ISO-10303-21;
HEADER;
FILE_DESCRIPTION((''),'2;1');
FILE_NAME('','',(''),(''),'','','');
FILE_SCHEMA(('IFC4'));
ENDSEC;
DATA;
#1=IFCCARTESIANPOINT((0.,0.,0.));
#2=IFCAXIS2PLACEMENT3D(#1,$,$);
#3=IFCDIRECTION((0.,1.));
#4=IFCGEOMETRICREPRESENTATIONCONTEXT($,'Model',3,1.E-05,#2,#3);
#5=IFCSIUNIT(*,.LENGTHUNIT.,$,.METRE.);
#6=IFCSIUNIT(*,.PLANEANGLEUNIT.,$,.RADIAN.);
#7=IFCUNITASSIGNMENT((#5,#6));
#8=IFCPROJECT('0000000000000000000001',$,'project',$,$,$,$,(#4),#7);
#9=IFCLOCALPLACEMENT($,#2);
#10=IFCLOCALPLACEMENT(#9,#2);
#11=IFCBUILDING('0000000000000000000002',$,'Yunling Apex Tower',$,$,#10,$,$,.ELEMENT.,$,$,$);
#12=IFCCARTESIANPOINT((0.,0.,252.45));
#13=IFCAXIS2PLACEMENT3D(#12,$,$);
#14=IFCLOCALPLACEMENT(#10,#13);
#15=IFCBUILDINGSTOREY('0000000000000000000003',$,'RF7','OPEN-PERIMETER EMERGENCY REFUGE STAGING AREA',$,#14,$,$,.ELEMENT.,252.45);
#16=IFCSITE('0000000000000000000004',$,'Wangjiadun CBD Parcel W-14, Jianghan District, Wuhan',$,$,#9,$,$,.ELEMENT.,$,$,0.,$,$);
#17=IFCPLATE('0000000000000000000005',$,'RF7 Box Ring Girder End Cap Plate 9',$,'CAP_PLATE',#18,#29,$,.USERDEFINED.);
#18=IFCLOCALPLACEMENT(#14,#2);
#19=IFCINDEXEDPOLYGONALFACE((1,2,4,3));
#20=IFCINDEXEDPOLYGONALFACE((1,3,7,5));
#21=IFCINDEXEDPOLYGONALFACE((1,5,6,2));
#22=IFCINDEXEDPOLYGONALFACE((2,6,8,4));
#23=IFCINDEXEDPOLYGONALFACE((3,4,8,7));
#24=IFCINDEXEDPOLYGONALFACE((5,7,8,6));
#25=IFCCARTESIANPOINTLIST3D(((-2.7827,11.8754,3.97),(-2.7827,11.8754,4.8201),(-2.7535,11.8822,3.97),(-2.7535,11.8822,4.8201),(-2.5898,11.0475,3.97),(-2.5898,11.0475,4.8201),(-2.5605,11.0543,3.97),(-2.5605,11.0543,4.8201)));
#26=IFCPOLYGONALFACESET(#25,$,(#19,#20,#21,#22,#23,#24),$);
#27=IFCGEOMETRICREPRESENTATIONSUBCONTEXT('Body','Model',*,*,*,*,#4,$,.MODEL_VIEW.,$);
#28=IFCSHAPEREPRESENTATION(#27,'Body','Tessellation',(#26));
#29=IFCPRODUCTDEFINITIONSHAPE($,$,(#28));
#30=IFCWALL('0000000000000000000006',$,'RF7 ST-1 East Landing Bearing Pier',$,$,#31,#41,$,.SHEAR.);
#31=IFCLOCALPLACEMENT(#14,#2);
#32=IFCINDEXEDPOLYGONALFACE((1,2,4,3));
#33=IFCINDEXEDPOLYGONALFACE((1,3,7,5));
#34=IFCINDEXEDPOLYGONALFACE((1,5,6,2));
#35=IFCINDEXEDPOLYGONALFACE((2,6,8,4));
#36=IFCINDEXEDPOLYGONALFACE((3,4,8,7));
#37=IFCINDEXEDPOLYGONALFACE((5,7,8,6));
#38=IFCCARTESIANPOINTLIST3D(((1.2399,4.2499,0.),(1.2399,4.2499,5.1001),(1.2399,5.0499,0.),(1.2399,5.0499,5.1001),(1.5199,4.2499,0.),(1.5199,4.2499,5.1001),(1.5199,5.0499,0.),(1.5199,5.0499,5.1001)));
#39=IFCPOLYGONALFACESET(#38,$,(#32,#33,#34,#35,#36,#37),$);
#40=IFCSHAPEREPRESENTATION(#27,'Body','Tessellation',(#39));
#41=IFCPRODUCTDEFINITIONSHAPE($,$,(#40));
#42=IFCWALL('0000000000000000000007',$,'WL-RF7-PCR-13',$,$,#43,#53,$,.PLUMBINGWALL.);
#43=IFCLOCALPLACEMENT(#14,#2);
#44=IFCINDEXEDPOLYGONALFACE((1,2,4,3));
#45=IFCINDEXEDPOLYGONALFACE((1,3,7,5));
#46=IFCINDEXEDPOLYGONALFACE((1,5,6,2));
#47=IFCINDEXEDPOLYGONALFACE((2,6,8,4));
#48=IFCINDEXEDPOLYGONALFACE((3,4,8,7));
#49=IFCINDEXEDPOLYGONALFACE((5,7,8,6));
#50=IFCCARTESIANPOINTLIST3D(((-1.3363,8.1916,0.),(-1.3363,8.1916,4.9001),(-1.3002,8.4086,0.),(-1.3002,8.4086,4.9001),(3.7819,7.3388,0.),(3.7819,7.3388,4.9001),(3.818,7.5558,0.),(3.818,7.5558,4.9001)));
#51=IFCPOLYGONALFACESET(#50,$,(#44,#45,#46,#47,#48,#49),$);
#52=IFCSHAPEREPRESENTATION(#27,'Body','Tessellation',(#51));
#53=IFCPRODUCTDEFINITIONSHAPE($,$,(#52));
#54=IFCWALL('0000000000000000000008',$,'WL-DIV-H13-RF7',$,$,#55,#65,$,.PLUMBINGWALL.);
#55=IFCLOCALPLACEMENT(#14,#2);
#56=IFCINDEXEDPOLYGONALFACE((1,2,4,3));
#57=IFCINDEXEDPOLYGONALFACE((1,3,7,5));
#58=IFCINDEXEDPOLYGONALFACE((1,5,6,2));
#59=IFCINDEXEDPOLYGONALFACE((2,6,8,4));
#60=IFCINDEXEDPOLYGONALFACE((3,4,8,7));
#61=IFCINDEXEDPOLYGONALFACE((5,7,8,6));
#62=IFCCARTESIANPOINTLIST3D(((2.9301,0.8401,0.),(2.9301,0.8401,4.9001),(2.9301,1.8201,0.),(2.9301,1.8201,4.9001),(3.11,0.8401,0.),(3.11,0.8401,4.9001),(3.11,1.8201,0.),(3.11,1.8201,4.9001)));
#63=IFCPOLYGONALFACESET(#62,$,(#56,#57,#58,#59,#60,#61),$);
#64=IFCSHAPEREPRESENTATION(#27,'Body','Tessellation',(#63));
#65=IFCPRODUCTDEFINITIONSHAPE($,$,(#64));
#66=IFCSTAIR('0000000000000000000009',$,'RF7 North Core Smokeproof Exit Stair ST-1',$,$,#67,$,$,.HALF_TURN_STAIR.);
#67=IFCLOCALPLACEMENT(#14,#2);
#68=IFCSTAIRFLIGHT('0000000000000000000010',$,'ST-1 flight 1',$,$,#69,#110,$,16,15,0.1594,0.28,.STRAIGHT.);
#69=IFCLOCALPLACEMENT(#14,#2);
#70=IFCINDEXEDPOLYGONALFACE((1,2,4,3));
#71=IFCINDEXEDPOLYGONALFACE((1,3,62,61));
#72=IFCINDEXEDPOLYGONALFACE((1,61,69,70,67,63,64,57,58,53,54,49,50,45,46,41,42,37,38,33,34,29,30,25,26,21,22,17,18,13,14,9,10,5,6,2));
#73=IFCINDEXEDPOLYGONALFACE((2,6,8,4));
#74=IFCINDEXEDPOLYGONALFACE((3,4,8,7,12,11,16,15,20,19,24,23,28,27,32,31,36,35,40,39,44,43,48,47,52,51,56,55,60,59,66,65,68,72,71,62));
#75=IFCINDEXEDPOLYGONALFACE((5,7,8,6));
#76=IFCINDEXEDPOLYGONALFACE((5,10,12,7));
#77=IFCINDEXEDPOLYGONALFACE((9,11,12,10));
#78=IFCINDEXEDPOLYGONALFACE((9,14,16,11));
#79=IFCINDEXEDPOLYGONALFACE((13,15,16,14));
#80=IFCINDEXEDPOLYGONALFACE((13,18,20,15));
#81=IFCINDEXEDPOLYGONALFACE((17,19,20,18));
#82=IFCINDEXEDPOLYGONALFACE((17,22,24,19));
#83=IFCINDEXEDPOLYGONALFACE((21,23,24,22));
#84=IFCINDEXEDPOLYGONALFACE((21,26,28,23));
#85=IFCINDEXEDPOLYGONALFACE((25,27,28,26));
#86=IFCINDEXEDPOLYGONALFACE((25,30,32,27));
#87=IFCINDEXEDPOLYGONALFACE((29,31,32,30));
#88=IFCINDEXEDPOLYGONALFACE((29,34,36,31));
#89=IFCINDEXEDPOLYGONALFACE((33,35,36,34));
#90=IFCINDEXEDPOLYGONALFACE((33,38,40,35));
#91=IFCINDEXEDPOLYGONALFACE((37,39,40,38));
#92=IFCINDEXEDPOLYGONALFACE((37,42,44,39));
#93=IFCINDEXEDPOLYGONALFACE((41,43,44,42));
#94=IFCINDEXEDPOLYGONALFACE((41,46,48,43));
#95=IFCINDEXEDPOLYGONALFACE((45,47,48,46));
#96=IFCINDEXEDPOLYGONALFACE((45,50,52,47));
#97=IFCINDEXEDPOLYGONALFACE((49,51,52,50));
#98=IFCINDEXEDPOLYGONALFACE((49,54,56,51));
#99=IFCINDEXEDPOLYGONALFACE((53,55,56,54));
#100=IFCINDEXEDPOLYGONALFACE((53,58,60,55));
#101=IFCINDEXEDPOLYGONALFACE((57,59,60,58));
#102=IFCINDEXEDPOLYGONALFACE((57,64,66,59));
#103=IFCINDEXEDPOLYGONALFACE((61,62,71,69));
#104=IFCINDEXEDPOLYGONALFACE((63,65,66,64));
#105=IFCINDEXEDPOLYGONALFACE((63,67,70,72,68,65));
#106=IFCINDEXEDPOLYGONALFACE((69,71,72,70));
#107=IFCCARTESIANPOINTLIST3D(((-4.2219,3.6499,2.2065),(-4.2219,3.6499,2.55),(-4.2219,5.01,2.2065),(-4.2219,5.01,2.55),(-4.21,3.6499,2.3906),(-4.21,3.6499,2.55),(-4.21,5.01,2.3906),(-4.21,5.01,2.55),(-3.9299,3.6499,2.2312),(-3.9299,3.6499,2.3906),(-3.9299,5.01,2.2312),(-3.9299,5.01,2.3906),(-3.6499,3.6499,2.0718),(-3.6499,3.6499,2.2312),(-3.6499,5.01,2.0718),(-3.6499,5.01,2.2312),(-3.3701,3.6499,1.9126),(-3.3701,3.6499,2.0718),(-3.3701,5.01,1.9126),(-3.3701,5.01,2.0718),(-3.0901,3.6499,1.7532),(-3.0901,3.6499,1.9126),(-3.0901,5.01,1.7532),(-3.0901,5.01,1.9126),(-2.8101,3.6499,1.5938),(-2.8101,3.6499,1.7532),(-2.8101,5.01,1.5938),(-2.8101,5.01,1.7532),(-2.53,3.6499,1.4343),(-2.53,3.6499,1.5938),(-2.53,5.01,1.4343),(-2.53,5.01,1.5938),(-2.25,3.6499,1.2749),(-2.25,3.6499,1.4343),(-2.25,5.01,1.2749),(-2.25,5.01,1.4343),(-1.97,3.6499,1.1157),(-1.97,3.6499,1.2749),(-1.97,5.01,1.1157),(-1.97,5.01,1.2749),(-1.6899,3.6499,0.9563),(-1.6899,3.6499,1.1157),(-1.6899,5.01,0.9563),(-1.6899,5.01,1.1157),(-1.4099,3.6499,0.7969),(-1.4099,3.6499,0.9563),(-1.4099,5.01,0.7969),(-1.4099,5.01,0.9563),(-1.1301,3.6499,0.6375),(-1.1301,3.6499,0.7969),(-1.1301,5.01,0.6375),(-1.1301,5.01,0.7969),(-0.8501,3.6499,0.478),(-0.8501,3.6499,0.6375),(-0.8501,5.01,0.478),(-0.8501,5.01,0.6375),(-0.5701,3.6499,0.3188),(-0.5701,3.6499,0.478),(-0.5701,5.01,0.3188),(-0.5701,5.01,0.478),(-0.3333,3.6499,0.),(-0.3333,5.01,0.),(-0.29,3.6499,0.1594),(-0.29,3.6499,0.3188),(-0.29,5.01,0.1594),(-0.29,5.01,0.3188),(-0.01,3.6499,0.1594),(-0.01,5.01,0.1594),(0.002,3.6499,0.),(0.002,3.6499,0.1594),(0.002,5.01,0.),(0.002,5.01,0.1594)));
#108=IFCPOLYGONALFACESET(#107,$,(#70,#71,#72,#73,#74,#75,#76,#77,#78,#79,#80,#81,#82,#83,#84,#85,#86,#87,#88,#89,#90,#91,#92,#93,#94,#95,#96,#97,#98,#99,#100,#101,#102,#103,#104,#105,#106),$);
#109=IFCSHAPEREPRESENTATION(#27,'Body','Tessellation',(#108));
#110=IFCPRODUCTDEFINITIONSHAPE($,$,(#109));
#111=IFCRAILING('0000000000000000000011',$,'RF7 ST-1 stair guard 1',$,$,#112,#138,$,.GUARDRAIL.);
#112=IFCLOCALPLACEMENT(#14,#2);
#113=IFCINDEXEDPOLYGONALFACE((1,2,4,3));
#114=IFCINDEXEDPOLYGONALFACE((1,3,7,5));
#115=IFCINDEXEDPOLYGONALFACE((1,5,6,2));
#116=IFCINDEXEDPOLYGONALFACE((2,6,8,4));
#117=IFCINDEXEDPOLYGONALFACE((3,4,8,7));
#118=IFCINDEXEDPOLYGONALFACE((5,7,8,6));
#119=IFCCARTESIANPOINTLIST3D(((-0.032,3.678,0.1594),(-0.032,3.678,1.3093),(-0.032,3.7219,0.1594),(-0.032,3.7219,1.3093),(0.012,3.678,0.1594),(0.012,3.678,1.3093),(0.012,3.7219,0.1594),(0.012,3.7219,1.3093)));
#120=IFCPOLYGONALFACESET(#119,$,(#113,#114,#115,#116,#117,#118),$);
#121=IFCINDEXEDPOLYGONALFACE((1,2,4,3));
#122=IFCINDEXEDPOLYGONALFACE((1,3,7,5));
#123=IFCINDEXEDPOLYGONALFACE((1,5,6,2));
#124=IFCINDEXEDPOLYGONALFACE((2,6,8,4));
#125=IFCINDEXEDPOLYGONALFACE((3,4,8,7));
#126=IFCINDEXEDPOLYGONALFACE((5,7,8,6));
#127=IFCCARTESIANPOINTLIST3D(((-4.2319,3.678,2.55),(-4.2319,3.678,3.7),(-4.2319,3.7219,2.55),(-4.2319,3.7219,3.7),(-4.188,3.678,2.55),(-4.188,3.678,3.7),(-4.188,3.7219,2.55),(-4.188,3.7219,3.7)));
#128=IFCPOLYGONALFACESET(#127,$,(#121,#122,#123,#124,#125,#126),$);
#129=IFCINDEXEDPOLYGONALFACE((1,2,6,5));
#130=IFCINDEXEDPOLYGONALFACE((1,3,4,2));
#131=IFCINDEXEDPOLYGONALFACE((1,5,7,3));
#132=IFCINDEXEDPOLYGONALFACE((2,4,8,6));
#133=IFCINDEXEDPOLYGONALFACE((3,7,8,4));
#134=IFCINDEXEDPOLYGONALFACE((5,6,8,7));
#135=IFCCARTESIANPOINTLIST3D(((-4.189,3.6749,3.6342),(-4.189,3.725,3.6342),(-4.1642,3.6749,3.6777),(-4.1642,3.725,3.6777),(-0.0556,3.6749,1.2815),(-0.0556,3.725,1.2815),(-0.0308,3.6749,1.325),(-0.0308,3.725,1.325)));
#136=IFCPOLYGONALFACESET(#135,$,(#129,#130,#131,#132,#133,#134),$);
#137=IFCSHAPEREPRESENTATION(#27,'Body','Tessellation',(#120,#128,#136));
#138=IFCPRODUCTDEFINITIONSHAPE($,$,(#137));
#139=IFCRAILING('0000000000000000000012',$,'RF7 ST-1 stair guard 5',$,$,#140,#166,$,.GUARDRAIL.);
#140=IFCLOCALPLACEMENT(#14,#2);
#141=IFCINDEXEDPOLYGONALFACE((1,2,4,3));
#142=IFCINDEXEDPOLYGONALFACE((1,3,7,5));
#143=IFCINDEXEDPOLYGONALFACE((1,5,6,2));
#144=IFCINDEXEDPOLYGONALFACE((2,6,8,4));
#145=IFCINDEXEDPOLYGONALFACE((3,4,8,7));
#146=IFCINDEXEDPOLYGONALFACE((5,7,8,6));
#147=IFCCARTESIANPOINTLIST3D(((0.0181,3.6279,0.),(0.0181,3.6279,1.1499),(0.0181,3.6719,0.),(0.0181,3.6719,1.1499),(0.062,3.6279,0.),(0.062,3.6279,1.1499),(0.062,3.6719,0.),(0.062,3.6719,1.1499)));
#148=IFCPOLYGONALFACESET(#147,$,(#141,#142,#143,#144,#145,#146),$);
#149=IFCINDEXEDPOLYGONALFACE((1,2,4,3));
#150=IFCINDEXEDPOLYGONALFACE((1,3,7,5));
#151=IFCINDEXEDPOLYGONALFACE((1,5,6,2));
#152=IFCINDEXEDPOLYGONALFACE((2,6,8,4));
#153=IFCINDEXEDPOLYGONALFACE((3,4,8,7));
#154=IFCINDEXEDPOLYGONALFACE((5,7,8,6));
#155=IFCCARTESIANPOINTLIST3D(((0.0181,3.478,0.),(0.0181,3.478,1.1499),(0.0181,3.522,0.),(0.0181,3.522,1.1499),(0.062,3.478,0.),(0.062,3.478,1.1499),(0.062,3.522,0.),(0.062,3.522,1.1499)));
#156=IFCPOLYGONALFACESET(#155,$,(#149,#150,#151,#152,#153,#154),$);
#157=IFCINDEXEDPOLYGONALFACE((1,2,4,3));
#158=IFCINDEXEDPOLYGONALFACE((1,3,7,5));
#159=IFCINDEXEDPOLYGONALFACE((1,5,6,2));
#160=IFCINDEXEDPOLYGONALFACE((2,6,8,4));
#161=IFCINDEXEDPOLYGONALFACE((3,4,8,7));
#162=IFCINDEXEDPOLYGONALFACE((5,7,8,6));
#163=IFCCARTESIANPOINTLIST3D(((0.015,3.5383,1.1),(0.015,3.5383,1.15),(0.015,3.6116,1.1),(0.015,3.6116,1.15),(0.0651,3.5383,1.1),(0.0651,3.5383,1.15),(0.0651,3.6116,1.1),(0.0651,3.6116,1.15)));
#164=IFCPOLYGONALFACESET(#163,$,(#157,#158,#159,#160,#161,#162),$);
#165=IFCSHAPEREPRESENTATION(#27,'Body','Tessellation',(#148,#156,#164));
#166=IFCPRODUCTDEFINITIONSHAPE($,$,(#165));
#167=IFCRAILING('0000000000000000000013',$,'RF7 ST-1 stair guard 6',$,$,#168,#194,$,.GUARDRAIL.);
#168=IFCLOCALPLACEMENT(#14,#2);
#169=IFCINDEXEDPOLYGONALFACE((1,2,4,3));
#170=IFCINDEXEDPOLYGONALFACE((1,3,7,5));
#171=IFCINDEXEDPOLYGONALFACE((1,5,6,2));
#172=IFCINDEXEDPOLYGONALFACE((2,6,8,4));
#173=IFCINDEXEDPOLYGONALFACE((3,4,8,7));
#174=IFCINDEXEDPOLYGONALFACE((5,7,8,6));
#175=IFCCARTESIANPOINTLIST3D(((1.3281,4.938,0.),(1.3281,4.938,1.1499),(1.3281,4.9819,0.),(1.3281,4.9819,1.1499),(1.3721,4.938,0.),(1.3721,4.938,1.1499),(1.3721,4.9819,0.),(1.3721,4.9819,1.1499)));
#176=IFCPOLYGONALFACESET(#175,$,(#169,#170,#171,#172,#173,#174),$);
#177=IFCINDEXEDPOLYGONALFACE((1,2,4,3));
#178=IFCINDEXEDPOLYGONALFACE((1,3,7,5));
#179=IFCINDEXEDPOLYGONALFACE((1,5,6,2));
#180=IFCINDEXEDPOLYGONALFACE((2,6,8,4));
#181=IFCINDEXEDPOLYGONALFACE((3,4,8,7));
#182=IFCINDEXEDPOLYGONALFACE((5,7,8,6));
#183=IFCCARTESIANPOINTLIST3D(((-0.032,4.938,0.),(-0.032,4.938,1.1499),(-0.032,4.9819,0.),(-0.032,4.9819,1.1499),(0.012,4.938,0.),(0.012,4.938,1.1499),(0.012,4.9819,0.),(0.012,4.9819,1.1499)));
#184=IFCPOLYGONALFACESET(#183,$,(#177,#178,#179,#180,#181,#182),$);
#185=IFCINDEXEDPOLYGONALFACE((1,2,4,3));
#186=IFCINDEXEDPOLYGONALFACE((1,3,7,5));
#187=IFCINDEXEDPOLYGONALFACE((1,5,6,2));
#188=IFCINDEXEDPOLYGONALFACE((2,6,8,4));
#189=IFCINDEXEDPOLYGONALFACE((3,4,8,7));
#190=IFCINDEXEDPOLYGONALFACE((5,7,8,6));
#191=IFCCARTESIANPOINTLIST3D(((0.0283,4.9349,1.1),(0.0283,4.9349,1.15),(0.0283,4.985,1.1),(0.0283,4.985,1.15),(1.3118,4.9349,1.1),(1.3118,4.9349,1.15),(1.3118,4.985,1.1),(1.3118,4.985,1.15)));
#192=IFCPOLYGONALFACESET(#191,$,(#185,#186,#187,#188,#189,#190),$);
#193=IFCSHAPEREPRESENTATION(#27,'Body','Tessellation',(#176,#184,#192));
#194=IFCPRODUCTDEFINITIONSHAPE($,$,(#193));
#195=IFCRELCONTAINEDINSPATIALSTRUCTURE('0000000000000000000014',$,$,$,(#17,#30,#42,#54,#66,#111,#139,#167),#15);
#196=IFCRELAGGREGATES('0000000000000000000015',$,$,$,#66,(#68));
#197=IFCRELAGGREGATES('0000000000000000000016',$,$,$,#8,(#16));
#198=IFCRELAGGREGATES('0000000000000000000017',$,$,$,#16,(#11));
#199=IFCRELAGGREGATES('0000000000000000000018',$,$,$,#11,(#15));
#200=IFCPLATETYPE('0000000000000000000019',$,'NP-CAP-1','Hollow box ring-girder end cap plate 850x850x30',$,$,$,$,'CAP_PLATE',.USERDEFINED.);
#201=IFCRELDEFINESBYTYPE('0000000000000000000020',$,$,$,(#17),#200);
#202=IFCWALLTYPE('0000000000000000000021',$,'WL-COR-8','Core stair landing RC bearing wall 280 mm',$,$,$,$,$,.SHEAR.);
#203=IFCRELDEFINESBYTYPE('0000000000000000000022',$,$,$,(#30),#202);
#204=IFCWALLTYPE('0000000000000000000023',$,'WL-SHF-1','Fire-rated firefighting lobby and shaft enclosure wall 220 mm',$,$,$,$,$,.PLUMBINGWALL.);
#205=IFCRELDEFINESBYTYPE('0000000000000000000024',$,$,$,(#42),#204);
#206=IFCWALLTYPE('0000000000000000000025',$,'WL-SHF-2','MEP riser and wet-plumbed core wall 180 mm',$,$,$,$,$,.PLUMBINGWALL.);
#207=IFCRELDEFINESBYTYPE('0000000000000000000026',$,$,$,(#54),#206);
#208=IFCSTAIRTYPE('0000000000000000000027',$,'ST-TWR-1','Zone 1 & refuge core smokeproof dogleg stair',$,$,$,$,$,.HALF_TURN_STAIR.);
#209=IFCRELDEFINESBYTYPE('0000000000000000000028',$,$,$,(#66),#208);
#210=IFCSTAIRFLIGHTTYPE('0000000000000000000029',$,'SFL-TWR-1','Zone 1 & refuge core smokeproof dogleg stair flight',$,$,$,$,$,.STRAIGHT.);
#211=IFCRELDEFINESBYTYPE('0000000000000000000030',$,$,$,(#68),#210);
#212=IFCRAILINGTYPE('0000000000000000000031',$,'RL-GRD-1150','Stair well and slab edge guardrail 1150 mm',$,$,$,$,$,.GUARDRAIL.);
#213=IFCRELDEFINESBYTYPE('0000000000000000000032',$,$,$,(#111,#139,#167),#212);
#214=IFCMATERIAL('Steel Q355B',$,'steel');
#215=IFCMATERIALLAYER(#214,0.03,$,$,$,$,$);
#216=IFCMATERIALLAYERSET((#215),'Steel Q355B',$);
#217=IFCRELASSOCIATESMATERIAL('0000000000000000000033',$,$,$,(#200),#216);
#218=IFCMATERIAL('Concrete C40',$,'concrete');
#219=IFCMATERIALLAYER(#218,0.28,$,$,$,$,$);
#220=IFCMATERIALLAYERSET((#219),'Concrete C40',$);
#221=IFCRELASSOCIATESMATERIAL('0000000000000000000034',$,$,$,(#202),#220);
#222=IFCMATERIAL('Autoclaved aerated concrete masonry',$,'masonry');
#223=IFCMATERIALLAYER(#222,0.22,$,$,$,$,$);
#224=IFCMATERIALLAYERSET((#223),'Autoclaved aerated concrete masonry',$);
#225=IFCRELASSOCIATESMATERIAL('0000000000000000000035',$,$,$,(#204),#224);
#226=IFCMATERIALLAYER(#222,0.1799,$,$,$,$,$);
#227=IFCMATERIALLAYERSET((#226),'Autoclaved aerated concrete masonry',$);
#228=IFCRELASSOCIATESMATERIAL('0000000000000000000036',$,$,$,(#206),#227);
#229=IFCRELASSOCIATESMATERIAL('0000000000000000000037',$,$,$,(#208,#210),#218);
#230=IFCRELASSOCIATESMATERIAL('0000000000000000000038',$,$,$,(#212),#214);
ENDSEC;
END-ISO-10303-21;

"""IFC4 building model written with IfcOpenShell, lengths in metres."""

from ifc_helpers import new_model, si_unit, direction, frame, frame_2d, origin, origin_2d, place, context, subcontext, project, spatial, polyline, rectangle, outline, extrude, source, transform, mapped, material, layer, layer_set, type_object, element, aggregate, save


model = new_model("IFC4")

# Units and contexts
model_context = context("Model", 3, precision=1e-05, world=origin(), true_north=direction((0.0, 1.0)))
body_context = subcontext(model_context, "Body", "Model", "MODEL_VIEW")
ifc_project = project(units=[si_unit("LENGTHUNIT", "METRE"), si_unit("PLANEANGLEUNIT", "RADIAN")], contexts=[model_context])

# Site, building, storey
site_placement = place(None, origin())
site = spatial("IfcSite", under=ifc_project, at=site_placement, Name="Wangjiadun CBD Parcel W-14, Jianghan District, Wuhan", CompositionType="ELEMENT", RefElevation=0.0)
building_placement = place(site_placement, origin())
building = spatial("IfcBuilding", under=site, at=building_placement, Name="Yunling Apex Tower", CompositionType="ELEMENT")
storey_placement = place(building_placement, frame((0.0, 0.0, 252.45)))
storey = spatial("IfcBuildingStorey", under=building, at=storey_placement, Name="RF7", Description="OPEN-PERIMETER EMERGENCY REFUGE STAGING AREA", CompositionType="ELEMENT", Elevation=252.45)

# Shared definitions
ifc_material_1 = material(Name="Steel Q355B", Category="steel")

# Plate
ifc_layer_1 = layer(ifc_material_1, 0.03)
ifc_layer_set_1 = layer_set([ifc_layer_1], Name="Steel Q355B")
plate_type_1 = type_object("IfcPlateType", Name="NP-CAP-1", Description="Hollow box ring-girder end cap plate 850x850x30", ElementType="CAP_PLATE", PredefinedType="USERDEFINED", material=ifc_layer_set_1)
shared_shape_1 = source(origin(), body_context, "Body", "SweptSolid", [
    extrude(rectangle(XDim=0.8501, YDim=0.03, at=origin_2d()), origin(), (0.0, 0.0, 1.0), 0.8501),
])
plate_1_placement = place(storey_placement, frame((-2.6716, 11.4648, 3.97), z_axis=(0.0, 0.0, 1.0), x_axis=(-0.226991, 0.973897, 0.0)))
element("IfcPlate", 1, at=plate_1_placement, inside=storey, type_object=plate_type_1, Name="RF7 Box Ring Girder End Cap Plate 9", ObjectType="CAP_PLATE", PredefinedType="USERDEFINED", context=body_context, shape_type="MappedRepresentation", body=[
    mapped(shared_shape_1, transform((0.0, 0.0, 0.0), scale=1.0)),
])

# Wall
ifc_material_2 = material(Name="Concrete C40", Category="concrete")
ifc_layer_2 = layer(ifc_material_2, 0.28)
ifc_layer_set_2 = layer_set([ifc_layer_2], Name="Concrete C40")
wall_type_1 = type_object("IfcWallType", Name="WL-COR-8", Description="Core stair landing RC bearing wall 280 mm", PredefinedType="SHEAR", material=ifc_layer_set_2)
wall_1_placement = place(storey_placement, frame((1.3799, 4.25, 0.0), z_axis=(0.0, 0.0, 1.0), x_axis=(0.0, 1.0, 0.0)))
element("IfcWall", 2, at=wall_1_placement, inside=storey, type_object=wall_type_1, Name="RF7 ST-1 East Landing Bearing Pier", PredefinedType="SHEAR", context=body_context, shape_type="SweptSolid", body=[
    extrude(rectangle(XDim=0.8, YDim=0.28, at=frame_2d((0.3999, 0.0))), origin(), (0.0, 0.0, 1.0), 5.1001),
])

# Shared definitions
ifc_material_3 = material(Name="Autoclaved aerated concrete masonry", Category="masonry")
ifc_layer_3 = layer(ifc_material_3, 0.22)
ifc_layer_set_3 = layer_set([ifc_layer_3], Name="Autoclaved aerated concrete masonry")
wall_type_2 = type_object("IfcWallType", Name="WL-SHF-1", Description="Fire-rated firefighting lobby and shaft enclosure wall 220 mm", PredefinedType="PLUMBINGWALL", material=ifc_layer_set_3)

# Walls
wall_2_placement = place(storey_placement, frame((-1.3181, 8.3, 0.0), z_axis=(0.0, 0.0, 1.0), x_axis=(0.986402, -0.164353, 0.0)))
element("IfcWall", 3, at=wall_2_placement, inside=storey, type_object=wall_type_2, Name="WL-RF7-PCR-13", PredefinedType="PLUMBINGWALL", context=body_context, shape_type="SweptSolid", body=[
    extrude(rectangle(XDim=5.1887, YDim=0.22, at=frame_2d((2.5942, 0.0))), origin(), (0.0, 0.0, 1.0), 4.9001),
])
ifc_layer_4 = layer(ifc_material_3, 0.1799)
ifc_layer_set_4 = layer_set([ifc_layer_4], Name="Autoclaved aerated concrete masonry")
wall_type_3 = type_object("IfcWallType", Name="WL-SHF-2", Description="MEP riser and wet-plumbed core wall 180 mm", PredefinedType="PLUMBINGWALL", material=ifc_layer_set_4)
wall_3_placement = place(storey_placement, frame((3.02, 0.8401, 0.0), z_axis=(0.0, 0.0, 1.0), x_axis=(0.0, 1.0, 0.0)))
element("IfcWall", 4, at=wall_3_placement, inside=storey, type_object=wall_type_3, Name="WL-DIV-H13-RF7", PredefinedType="PLUMBINGWALL", context=body_context, shape_type="SweptSolid", body=[
    extrude(rectangle(XDim=0.98, YDim=0.1799, at=frame_2d((0.49, 0.0))), origin(), (0.0, 0.0, 1.0), 4.9001),
])

# Stair, stair flight
stair_type = type_object("IfcStairType", Name="ST-TWR-1", Description="Zone 1 & refuge core smokeproof dogleg stair", PredefinedType="HALF_TURN_STAIR", material=ifc_material_2)
stair_placement = place(storey_placement, origin())
stair = element("IfcStair", 5, at=stair_placement, inside=storey, type_object=stair_type, Name="RF7 North Core Smokeproof Exit Stair ST-1", PredefinedType="HALF_TURN_STAIR")
stair_flight_type = type_object("IfcStairFlightType", Name="SFL-TWR-1", Description="Zone 1 & refuge core smokeproof dogleg stair flight", PredefinedType="STRAIGHT", material=ifc_material_2)
stair_flight_placement = place(storey_placement, frame((-0.01, 4.3301, 0.0), z_axis=(0.0, 0.0, 1.0), x_axis=(-1.0, 0.0, 0.0)))
stair_flight = element("IfcStairFlight", 6, at=stair_flight_placement, type_object=stair_flight_type, Name="ST-1 flight 1", NumberOfRisers=16, NumberOfTreads=15, PredefinedType="STRAIGHT", RiserHeight=0.1594, TreadLength=0.28, context=body_context, shape_type="SweptSolid", body=[
    extrude(outline(polyline([(-0.012, 0.0), (-0.012, 0.1594), (0.0, 0.1594), (0.28, 0.1594), (0.28, 0.3188), (0.5601, 0.3188), (0.5601, 0.478), (0.8401, 0.478), (0.8401, 0.6375), (1.1201, 0.6375), (1.1201, 0.7969), (1.3999, 0.7969), (1.3999, 0.9563), (1.6799, 0.9563), (1.6799, 1.1157), (1.96, 1.1157), (1.96, 1.2749), (2.24, 1.2749), (2.24, 1.4343), (2.52, 1.4343), (2.52, 1.5938), (2.8, 1.5938), (2.8, 1.7532), (3.0801, 1.7532), (3.0801, 1.9126), (3.3601, 1.9126), (3.3601, 2.0718), (3.6399, 2.0718), (3.6399, 2.2312), (3.9199, 2.2312), (3.9199, 2.3906), (4.2, 2.3906), (4.2, 2.55), (4.2119, 2.55), (4.2119, 2.2065), (0.3232, 0.0), (-0.012, 0.0)])), frame((0.0, 0.6802, 0.0), z_axis=(0.0, -1.0, 0.0), x_axis=(1.0, 0.0, 0.0)), (0.0, 0.0, 1.0), 1.3601),
])
aggregate(stair, [stair_flight])

# Railings
railing_type_1 = type_object("IfcRailingType", Name="RL-GRD-1150", Description="Stair well and slab edge guardrail 1150 mm", PredefinedType="GUARDRAIL", material=ifc_material_1)
railing_1_placement = place(storey_placement, frame((-0.01, 3.7, 0.1594)))
element("IfcRailing", 7, at=railing_1_placement, inside=storey, type_object=railing_type_1, Name="RF7 ST-1 stair guard 1", PredefinedType="GUARDRAIL", context=body_context, shape_type="SweptSolid", body=[
    extrude(rectangle(XDim=0.0439, YDim=0.0439, at=origin_2d()), origin(), (0.0, 0.0, 1.0), 1.1499),
    extrude(rectangle(XDim=0.0439, YDim=0.0439, at=origin_2d()), frame((-4.2, 0.0, 2.3906)), (0.0, 0.0, 1.0), 1.1499),
    extrude(rectangle(XDim=0.05, YDim=0.05, at=origin_2d()), frame((-0.0332, 0.0, 1.1438), z_axis=(-0.869075, 0.0, 0.49468), x_axis=(0.0, -1.0, 0.0)), (0.0, 0.0, 1.0), 4.7561),
])
railing_2_placement = place(storey_placement, frame((0.04, 3.6499, 0.0)))
element("IfcRailing", 8, at=railing_2_placement, inside=storey, type_object=railing_type_1, Name="RF7 ST-1 stair guard 5", PredefinedType="GUARDRAIL", context=body_context, shape_type="SweptSolid", body=[
    extrude(rectangle(XDim=0.0439, YDim=0.0439, at=origin_2d()), origin(), (0.0, 0.0, 1.0), 1.1499),
    extrude(rectangle(XDim=0.0439, YDim=0.0439, at=origin_2d()), frame((0.0, -0.1499, 0.0)), (0.0, 0.0, 1.0), 1.1499),
    extrude(rectangle(XDim=0.05, YDim=0.05, at=origin_2d()), frame((0.0, -0.0383, 1.125), z_axis=(0.0, -1.0, 0.0), x_axis=(1.0, 0.0, 0.0)), (0.0, 0.0, 1.0), 0.0732),
])
railing_3_placement = place(storey_placement, frame((1.3501, 4.96, 0.0)))
element("IfcRailing", 9, at=railing_3_placement, inside=storey, type_object=railing_type_1, Name="RF7 ST-1 stair guard 6", PredefinedType="GUARDRAIL", context=body_context, shape_type="SweptSolid", body=[
    extrude(rectangle(XDim=0.0439, YDim=0.0439, at=origin_2d()), origin(), (0.0, 0.0, 1.0), 1.1499),
    extrude(rectangle(XDim=0.0439, YDim=0.0439, at=origin_2d()), frame((-1.3601, 0.0, 0.0)), (0.0, 0.0, 1.0), 1.1499),
    extrude(rectangle(XDim=0.05, YDim=0.05, at=origin_2d()), frame((-0.0383, 0.0, 1.125), z_axis=(-1.0, 0.0, 0.0), x_axis=(0.0, -1.0, 0.0)), (0.0, 0.0, 1.0), 1.2834),
])

save(model, "model.ifc")
